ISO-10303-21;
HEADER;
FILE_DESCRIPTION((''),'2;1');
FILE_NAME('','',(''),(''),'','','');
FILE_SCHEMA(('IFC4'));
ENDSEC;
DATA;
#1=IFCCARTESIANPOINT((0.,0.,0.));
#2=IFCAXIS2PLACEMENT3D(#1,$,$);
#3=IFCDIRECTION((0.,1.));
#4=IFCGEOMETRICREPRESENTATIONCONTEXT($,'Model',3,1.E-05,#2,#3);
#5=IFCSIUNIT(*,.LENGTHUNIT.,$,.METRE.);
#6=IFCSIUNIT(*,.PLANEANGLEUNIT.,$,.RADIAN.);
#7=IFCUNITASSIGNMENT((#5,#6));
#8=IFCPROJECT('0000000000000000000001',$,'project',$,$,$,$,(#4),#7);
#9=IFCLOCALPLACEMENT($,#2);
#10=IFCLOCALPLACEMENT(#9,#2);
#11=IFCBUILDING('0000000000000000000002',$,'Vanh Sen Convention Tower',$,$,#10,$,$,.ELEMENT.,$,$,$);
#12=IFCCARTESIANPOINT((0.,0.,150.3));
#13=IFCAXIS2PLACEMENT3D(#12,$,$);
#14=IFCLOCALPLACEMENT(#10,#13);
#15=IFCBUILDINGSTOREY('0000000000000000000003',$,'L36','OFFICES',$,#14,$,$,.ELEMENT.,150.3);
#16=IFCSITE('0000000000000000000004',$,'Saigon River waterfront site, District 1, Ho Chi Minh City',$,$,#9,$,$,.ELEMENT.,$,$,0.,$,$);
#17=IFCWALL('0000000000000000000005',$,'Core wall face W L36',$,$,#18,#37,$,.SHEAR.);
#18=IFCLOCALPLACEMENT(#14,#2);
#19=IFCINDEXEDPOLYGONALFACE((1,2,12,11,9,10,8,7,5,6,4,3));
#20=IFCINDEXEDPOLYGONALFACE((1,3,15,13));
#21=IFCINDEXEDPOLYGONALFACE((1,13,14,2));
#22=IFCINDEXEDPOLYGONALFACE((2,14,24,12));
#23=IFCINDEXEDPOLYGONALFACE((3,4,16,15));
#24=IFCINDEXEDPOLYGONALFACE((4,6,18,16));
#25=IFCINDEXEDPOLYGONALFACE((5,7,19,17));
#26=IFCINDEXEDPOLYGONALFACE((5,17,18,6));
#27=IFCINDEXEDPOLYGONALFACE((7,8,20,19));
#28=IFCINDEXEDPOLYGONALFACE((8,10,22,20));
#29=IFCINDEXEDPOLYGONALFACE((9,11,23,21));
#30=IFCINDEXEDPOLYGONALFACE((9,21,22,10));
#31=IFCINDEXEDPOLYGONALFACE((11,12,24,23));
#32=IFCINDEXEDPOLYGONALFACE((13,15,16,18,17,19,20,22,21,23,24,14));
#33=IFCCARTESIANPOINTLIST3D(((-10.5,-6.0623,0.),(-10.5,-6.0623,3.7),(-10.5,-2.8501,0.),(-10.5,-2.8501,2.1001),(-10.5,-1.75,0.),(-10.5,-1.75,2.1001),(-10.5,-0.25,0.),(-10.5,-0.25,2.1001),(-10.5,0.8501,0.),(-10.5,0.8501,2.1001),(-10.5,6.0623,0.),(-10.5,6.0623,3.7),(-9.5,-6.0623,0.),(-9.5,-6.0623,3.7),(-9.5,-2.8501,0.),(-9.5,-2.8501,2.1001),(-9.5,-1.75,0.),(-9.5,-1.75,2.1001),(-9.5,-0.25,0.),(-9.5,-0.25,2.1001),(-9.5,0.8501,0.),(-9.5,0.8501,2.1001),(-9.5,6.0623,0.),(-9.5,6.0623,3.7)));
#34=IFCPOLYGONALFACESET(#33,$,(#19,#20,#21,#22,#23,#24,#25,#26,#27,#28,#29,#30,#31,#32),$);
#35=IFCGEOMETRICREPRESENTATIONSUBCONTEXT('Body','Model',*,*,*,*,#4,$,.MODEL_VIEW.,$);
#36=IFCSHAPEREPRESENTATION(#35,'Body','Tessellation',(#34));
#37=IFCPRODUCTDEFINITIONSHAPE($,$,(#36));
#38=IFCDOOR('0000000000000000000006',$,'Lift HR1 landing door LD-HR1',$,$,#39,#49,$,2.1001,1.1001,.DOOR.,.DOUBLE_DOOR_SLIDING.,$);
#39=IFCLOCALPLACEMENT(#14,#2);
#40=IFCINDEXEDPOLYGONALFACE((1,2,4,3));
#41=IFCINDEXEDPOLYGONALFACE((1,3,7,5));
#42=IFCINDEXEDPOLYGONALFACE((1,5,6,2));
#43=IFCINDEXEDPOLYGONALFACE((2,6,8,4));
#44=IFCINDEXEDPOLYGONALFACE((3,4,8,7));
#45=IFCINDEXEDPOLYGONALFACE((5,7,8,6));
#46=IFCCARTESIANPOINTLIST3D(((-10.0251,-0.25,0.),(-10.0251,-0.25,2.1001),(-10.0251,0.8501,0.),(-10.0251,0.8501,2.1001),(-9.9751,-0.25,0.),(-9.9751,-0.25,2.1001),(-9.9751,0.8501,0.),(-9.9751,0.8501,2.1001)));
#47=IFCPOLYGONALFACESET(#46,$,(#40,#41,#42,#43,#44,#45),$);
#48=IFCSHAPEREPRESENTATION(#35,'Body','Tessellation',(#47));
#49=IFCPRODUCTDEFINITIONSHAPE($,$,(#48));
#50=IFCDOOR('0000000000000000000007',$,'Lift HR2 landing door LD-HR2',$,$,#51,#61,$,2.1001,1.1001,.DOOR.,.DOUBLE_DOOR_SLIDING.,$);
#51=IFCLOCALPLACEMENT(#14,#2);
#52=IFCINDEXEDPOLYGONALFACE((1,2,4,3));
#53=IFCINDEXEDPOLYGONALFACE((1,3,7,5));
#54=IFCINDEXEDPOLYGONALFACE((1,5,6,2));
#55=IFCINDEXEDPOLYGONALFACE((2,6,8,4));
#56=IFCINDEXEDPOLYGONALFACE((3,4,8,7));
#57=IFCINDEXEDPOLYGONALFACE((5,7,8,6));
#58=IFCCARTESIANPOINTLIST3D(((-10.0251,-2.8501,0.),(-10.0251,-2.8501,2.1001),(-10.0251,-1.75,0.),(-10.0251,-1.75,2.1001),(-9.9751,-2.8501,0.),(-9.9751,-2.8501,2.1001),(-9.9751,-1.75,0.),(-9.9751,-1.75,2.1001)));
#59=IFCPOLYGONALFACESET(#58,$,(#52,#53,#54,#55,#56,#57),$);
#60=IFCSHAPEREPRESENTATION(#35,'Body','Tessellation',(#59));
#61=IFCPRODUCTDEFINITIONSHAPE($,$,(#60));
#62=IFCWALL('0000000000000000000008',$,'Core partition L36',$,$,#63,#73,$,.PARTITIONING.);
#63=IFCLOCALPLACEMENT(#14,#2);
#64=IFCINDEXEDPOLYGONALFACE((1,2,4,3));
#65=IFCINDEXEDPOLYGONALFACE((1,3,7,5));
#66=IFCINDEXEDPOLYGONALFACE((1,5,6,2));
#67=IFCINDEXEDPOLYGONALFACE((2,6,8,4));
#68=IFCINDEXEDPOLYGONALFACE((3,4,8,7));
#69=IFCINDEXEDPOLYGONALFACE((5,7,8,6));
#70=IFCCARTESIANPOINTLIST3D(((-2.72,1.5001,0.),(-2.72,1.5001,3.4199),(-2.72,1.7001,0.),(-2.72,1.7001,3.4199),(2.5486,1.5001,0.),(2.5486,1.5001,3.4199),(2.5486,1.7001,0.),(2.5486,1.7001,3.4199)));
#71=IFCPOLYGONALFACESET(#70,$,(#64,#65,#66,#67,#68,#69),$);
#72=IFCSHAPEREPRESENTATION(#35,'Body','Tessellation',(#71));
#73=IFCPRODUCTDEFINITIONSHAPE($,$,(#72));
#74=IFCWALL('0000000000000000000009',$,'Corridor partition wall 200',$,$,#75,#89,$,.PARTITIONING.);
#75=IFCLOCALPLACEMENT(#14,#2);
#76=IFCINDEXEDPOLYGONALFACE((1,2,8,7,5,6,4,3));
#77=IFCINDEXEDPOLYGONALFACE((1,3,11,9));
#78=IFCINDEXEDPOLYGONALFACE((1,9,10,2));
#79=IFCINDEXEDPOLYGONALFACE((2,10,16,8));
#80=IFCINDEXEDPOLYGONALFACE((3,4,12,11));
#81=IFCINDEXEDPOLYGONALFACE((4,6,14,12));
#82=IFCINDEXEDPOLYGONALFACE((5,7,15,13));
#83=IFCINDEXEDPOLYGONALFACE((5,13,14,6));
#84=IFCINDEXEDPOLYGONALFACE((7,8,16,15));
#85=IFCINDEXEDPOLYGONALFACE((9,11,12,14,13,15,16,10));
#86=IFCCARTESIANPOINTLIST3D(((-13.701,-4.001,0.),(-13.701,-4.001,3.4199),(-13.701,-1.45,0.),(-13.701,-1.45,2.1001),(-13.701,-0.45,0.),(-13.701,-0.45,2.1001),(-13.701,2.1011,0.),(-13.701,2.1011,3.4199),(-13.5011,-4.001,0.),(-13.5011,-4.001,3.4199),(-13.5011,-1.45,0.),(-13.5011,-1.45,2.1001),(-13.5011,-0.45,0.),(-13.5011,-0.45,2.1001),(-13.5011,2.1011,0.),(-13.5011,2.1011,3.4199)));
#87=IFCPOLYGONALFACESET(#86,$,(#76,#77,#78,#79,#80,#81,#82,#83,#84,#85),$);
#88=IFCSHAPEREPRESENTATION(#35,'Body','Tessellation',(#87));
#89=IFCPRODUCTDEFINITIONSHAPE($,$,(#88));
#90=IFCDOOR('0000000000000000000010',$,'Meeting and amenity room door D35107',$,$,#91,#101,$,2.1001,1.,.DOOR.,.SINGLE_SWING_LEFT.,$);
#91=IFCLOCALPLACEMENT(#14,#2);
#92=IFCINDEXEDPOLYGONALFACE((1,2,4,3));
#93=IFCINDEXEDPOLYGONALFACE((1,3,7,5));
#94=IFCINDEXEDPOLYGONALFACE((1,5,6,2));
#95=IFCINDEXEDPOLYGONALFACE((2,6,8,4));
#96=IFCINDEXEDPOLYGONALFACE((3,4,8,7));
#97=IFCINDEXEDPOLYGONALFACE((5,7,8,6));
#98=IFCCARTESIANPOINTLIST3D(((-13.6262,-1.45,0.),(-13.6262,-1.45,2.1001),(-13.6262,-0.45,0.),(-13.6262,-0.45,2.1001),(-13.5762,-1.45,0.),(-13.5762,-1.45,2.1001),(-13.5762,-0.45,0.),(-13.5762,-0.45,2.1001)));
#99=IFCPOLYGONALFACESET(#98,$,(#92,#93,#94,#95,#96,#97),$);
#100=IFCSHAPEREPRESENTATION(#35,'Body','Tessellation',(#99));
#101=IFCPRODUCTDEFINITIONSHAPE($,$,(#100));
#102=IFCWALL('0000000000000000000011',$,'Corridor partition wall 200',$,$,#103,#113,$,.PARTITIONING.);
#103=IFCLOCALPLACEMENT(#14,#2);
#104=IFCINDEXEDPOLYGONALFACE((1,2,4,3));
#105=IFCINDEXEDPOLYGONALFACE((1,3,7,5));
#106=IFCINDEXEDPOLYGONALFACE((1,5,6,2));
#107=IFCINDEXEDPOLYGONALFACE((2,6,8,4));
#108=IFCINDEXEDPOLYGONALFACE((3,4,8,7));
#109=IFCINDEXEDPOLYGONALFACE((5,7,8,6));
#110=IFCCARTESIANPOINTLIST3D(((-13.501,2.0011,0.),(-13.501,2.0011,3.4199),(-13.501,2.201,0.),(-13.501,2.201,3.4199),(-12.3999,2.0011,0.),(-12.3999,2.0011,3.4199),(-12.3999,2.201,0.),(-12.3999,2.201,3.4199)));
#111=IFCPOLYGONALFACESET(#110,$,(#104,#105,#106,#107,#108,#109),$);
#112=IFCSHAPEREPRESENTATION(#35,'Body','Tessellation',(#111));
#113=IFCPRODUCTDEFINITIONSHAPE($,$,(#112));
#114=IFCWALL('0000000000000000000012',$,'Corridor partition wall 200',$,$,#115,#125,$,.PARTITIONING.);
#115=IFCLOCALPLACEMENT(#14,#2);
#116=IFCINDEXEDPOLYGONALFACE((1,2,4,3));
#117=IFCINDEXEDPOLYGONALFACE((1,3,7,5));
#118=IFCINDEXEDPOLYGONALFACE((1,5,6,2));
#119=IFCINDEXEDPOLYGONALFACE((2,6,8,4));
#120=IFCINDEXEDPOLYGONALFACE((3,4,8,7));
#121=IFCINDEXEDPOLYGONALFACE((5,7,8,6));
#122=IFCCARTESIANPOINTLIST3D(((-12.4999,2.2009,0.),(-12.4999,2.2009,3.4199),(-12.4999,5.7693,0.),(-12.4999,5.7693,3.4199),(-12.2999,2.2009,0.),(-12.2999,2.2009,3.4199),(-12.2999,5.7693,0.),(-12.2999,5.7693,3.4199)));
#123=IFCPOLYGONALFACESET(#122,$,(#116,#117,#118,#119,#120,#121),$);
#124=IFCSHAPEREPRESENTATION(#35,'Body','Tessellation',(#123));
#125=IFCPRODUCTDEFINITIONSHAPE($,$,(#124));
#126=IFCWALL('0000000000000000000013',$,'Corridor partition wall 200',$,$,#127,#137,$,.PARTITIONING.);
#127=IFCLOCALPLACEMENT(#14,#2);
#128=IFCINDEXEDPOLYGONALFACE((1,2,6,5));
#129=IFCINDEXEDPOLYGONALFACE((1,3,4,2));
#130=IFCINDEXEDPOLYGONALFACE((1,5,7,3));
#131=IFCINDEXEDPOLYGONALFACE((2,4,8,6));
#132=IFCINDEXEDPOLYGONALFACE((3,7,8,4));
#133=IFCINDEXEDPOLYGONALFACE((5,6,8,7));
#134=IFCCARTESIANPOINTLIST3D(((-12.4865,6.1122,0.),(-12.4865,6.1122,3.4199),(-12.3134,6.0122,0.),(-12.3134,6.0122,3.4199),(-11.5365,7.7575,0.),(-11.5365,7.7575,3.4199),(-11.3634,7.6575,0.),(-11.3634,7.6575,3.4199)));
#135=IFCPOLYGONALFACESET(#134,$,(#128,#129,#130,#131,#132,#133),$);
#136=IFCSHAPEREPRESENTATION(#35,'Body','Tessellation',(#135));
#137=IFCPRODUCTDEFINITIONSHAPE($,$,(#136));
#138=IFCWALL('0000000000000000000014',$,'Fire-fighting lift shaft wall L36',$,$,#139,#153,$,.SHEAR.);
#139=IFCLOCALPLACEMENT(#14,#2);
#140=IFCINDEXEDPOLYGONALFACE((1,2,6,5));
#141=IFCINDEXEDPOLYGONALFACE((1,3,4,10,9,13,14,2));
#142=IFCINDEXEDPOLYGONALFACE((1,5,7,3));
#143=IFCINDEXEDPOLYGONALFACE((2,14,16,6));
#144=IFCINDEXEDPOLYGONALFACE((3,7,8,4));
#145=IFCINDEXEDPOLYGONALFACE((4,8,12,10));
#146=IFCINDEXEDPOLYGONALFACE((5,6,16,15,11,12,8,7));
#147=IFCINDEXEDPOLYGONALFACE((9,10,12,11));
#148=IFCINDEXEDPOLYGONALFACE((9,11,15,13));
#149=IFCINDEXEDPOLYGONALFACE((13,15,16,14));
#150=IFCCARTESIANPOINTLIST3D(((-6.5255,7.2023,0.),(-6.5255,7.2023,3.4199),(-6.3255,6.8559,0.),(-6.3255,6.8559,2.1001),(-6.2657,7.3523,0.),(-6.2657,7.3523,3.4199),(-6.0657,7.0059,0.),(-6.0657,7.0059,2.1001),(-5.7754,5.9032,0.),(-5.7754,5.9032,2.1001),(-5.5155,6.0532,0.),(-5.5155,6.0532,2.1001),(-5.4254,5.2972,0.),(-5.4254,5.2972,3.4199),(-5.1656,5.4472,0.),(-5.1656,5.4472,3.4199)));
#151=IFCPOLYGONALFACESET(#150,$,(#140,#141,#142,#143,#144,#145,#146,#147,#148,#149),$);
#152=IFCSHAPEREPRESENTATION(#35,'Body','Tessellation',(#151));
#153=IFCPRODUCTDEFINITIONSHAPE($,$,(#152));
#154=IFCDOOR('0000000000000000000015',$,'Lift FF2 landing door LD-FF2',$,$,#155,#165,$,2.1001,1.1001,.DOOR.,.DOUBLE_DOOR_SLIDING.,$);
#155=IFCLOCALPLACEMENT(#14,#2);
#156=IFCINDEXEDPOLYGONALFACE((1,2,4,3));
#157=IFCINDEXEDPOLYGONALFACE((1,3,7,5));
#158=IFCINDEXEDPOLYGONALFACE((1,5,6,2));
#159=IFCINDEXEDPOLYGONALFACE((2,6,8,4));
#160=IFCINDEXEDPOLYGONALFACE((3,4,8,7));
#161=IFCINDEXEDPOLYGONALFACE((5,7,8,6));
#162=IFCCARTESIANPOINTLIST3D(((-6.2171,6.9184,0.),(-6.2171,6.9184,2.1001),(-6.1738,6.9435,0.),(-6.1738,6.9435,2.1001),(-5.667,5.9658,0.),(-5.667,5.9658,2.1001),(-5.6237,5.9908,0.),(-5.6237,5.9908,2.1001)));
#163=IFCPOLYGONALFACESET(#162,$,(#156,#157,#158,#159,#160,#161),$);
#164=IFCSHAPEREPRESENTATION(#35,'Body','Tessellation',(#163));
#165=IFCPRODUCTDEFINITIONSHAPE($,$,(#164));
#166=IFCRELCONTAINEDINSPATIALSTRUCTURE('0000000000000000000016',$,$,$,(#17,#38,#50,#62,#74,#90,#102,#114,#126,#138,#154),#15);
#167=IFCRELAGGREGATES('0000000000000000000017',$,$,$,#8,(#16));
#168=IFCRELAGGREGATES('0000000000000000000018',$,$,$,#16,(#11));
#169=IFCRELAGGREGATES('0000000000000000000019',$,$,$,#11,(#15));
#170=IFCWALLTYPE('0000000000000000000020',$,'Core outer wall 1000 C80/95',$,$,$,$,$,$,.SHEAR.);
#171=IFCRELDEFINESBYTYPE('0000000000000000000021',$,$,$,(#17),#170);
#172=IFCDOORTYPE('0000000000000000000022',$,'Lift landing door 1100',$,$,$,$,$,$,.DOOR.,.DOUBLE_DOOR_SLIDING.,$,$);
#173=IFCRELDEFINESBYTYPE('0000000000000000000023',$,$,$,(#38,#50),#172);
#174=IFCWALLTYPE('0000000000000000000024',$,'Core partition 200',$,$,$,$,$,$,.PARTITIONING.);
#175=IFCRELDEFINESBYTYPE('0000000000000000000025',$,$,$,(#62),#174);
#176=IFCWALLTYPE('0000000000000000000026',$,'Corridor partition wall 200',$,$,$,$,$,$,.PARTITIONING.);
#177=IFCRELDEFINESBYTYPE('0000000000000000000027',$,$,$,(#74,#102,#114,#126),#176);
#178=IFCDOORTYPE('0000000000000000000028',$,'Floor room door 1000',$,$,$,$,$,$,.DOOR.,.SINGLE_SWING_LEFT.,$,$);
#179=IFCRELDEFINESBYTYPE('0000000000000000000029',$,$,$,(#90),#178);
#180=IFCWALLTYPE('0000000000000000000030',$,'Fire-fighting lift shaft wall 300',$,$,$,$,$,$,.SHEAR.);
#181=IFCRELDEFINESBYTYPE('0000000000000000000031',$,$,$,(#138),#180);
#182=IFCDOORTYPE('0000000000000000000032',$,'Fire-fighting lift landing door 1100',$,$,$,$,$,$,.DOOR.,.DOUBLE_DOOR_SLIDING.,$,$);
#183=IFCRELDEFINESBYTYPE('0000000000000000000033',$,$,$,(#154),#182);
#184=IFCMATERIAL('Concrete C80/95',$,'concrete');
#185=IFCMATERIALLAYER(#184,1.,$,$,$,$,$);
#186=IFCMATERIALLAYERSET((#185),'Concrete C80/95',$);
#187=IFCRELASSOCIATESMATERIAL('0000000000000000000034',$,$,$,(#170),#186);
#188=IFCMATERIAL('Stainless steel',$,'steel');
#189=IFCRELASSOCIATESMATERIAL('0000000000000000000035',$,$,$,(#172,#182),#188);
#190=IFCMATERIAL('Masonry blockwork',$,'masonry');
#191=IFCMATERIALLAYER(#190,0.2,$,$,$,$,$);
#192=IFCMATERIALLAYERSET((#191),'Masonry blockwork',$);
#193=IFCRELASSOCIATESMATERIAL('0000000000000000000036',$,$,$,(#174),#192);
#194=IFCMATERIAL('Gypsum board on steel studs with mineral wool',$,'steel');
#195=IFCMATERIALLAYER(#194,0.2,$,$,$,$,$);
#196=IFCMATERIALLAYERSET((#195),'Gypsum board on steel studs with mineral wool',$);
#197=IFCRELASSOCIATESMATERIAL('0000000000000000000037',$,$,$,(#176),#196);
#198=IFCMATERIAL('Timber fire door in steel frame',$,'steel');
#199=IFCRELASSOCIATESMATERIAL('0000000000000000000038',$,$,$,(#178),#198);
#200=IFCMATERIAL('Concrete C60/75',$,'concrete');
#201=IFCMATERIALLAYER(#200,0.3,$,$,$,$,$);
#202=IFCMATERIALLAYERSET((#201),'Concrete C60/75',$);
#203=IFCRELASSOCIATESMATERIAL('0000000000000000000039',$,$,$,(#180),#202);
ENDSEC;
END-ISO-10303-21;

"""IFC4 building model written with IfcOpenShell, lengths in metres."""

from ifc_helpers import new_model, si_unit, direction, frame, frame_2d, origin, place, context, subcontext, project, spatial, rectangle, extrude, material, layer, layer_set, type_object, element, fill, save


model = new_model("IFC4")

# Units and contexts
model_context = context("Model", 3, precision=1e-05, world=origin(), true_north=direction((0.0, 1.0)))
body_context = subcontext(model_context, "Body", "Model", "MODEL_VIEW")
ifc_project = project(units=[si_unit("LENGTHUNIT", "METRE"), si_unit("PLANEANGLEUNIT", "RADIAN")], contexts=[model_context])

# Site, building, storey
site_placement = place(None, origin())
site = spatial("IfcSite", under=ifc_project, at=site_placement, Name="Saigon River waterfront site, District 1, Ho Chi Minh City", CompositionType="ELEMENT", RefElevation=0.0)
building_placement = place(site_placement, origin())
building = spatial("IfcBuilding", under=site, at=building_placement, Name="Vanh Sen Convention Tower", CompositionType="ELEMENT")
storey_placement = place(building_placement, frame((0.0, 0.0, 150.3)))
storey = spatial("IfcBuildingStorey", under=building, at=storey_placement, Name="L36", Description="OFFICES", CompositionType="ELEMENT", Elevation=150.3)

# Wall, openings, doors
ifc_material_1 = material(Name="Concrete C80/95", Category="concrete")
ifc_layer_1 = layer(ifc_material_1, 1.0)
ifc_layer_set_1 = layer_set([ifc_layer_1], Name="Concrete C80/95")
wall_type_1 = type_object("IfcWallType", Name="Core outer wall 1000 C80/95", PredefinedType="SHEAR", material=ifc_layer_set_1)
wall_1_placement = place(storey_placement, frame((-10.0, 6.0623, 0.0), z_axis=(0.0, 0.0, 1.0), x_axis=(0.0, -1.0, 0.0)))
wall_1 = element("IfcWall", 1, at=wall_1_placement, inside=storey, type_object=wall_type_1, Name="Core wall face W L36", PredefinedType="SHEAR", context=body_context, shape_type="SweptSolid", body=[
    extrude(rectangle(XDim=12.1245, YDim=1.0, at=frame_2d((6.0623, 0.0))), origin(), (0.0, 0.0, 1.0), 3.7),
])
opening_1_placement = place(wall_1_placement, frame((5.2122, 0.0, 0.0)))
opening_1 = element("IfcOpeningElement", 2, at=opening_1_placement, cuts=wall_1, PredefinedType="OPENING", context=body_context, shape_type="SweptSolid", body=[
    extrude(rectangle(XDim=1.1001, YDim=2.1001, at=frame_2d((0.55, 1.05))), frame((0.0, 0.51, 0.0), z_axis=(0.0, -1.0, 0.0), x_axis=(1.0, 0.0, 0.0)), (0.0, 0.0, 1.0), 1.02),
])
opening_2_placement = place(wall_1_placement, frame((7.8123, 0.0, 0.0)))
opening_2 = element("IfcOpeningElement", 3, at=opening_2_placement, cuts=wall_1, PredefinedType="OPENING", context=body_context, shape_type="SweptSolid", body=[
    extrude(rectangle(XDim=1.1001, YDim=2.1001, at=frame_2d((0.55, 1.05))), frame((0.0, 0.51, 0.0), z_axis=(0.0, -1.0, 0.0), x_axis=(1.0, 0.0, 0.0)), (0.0, 0.0, 1.0), 1.02),
])
ifc_material_2 = material(Name="Stainless steel", Category="steel")
door_type_1 = type_object("IfcDoorType", Name="Lift landing door 1100", OperationType="DOUBLE_DOOR_SLIDING", PredefinedType="DOOR", material=ifc_material_2)
door_1_placement = place(opening_1_placement, origin())
door_1 = element("IfcDoor", 4, at=door_1_placement, inside=storey, type_object=door_type_1, Name="Lift HR1 landing door LD-HR1", OperationType="DOUBLE_DOOR_SLIDING", OverallHeight=2.1001, OverallWidth=1.1001, PredefinedType="DOOR", context=body_context, shape_type="SweptSolid", body=[
    extrude(rectangle(XDim=1.1001, YDim=2.1001, at=frame_2d((0.55, 1.05))), frame((0.0, 0.0249, 0.0), z_axis=(0.0, -1.0, 0.0), x_axis=(1.0, 0.0, 0.0)), (0.0, 0.0, 1.0), 0.05),
])
fill(opening_1, door_1)
door_2_placement = place(opening_2_placement, origin())
door_2 = element("IfcDoor", 5, at=door_2_placement, inside=storey, type_object=door_type_1, Name="Lift HR2 landing door LD-HR2", OperationType="DOUBLE_DOOR_SLIDING", OverallHeight=2.1001, OverallWidth=1.1001, PredefinedType="DOOR", context=body_context, shape_type="SweptSolid", body=[
    extrude(rectangle(XDim=1.1001, YDim=2.1001, at=frame_2d((0.55, 1.05))), frame((0.0, 0.0249, 0.0), z_axis=(0.0, -1.0, 0.0), x_axis=(1.0, 0.0, 0.0)), (0.0, 0.0, 1.0), 0.05),
])
fill(opening_2, door_2)

# Wall
ifc_material_3 = material(Name="Masonry blockwork", Category="masonry")
ifc_layer_2 = layer(ifc_material_3, 0.2)
ifc_layer_set_2 = layer_set([ifc_layer_2], Name="Masonry blockwork")
wall_type_2 = type_object("IfcWallType", Name="Core partition 200", PredefinedType="PARTITIONING", material=ifc_layer_set_2)
wall_2_placement = place(storey_placement, frame((-2.72, 1.6001, 0.0), z_axis=(0.0, 0.0, 1.0), x_axis=(1.0, 0.0, 0.0)))
element("IfcWall", 6, at=wall_2_placement, inside=storey, type_object=wall_type_2, Name="Core partition L36", PredefinedType="PARTITIONING", context=body_context, shape_type="SweptSolid", body=[
    extrude(rectangle(XDim=5.2686, YDim=0.2, at=frame_2d((2.6343, 0.0))), origin(), (0.0, 0.0, 1.0), 3.4199),
])

# Wall, opening, door
ifc_material_4 = material(Name="Gypsum board on steel studs with mineral wool", Category="steel")
ifc_layer_3 = layer(ifc_material_4, 0.2)
ifc_layer_set_3 = layer_set([ifc_layer_3], Name="Gypsum board on steel studs with mineral wool")
wall_type_3 = type_object("IfcWallType", Name="Corridor partition wall 200", PredefinedType="PARTITIONING", material=ifc_layer_set_3)
wall_3_placement = place(storey_placement, frame((-13.6011, 2.1011, 0.0), z_axis=(0.0, 0.0, 1.0), x_axis=(0.0, -1.0, 0.0)))
wall_3 = element("IfcWall", 7, at=wall_3_placement, inside=storey, type_object=wall_type_3, Name="Corridor partition wall 200", PredefinedType="PARTITIONING", context=body_context, shape_type="SweptSolid", body=[
    extrude(rectangle(XDim=6.1021, YDim=0.2, at=frame_2d((3.051, 0.0))), origin(), (0.0, 0.0, 1.0), 3.4199),
])
opening_3_placement = place(wall_3_placement, frame((2.551, 0.0, 0.0)))
opening_3 = element("IfcOpeningElement", 8, at=opening_3_placement, cuts=wall_3, PredefinedType="OPENING", context=body_context, shape_type="SweptSolid", body=[
    extrude(rectangle(XDim=1.0, YDim=2.1001, at=frame_2d((0.5, 1.05))), frame((0.0, 0.1099, 0.0), z_axis=(0.0, -1.0, 0.0), x_axis=(1.0, 0.0, 0.0)), (0.0, 0.0, 1.0), 0.22),
])
ifc_material_5 = material(Name="Timber fire door in steel frame", Category="steel")
door_type_2 = type_object("IfcDoorType", Name="Floor room door 1000", OperationType="SINGLE_SWING_LEFT", PredefinedType="DOOR", material=ifc_material_5)
door_3_placement = place(opening_3_placement, origin())
door_3 = element("IfcDoor", 9, at=door_3_placement, inside=storey, type_object=door_type_2, Name="Meeting and amenity room door D35107", OperationType="SINGLE_SWING_LEFT", OverallHeight=2.1001, OverallWidth=1.0, PredefinedType="DOOR", context=body_context, shape_type="SweptSolid", body=[
    extrude(rectangle(XDim=1.0, YDim=2.1001, at=frame_2d((0.5, 1.05))), frame((0.0, 0.0249, 0.0), z_axis=(0.0, -1.0, 0.0), x_axis=(1.0, 0.0, 0.0)), (0.0, 0.0, 1.0), 0.05),
])
fill(opening_3, door_3)

# Walls
wall_4_placement = place(storey_placement, frame((-12.3999, 2.1011, 0.0), z_axis=(0.0, 0.0, 1.0), x_axis=(-1.0, 0.0, 0.0)))
element("IfcWall", 10, at=wall_4_placement, inside=storey, type_object=wall_type_3, Name="Corridor partition wall 200", PredefinedType="PARTITIONING", context=body_context, shape_type="SweptSolid", body=[
    extrude(rectangle(XDim=1.1011, YDim=0.2, at=frame_2d((0.5505, 0.0))), origin(), (0.0, 0.0, 1.0), 3.4199),
])
wall_5_placement = place(storey_placement, frame((-12.3999, 5.7693, 0.0), z_axis=(0.0, 0.0, 1.0), x_axis=(0.0, -1.0, 0.0)))
element("IfcWall", 11, at=wall_5_placement, inside=storey, type_object=wall_type_3, Name="Corridor partition wall 200", PredefinedType="PARTITIONING", context=body_context, shape_type="SweptSolid", body=[
    extrude(rectangle(XDim=3.5684, YDim=0.2, at=frame_2d((1.7842, 0.0))), origin(), (0.0, 0.0, 1.0), 3.4199),
])
wall_6_placement = place(storey_placement, frame((-11.45, 7.7075, 0.0), z_axis=(0.0, 0.0, 1.0), x_axis=(-0.500023, -0.866012, 0.0)))
element("IfcWall", 12, at=wall_6_placement, inside=storey, type_object=wall_type_3, Name="Corridor partition wall 200", PredefinedType="PARTITIONING", context=body_context, shape_type="SweptSolid", body=[
    extrude(rectangle(XDim=1.8999, YDim=0.2, at=frame_2d((0.95, 0.0))), origin(), (0.0, 0.0, 1.0), 3.4199),
])

# Wall, opening, door
ifc_material_6 = material(Name="Concrete C60/75", Category="concrete")
ifc_layer_4 = layer(ifc_material_6, 0.3)
ifc_layer_set_4 = layer_set([ifc_layer_4], Name="Concrete C60/75")
wall_type_4 = type_object("IfcWallType", Name="Fire-fighting lift shaft wall 300", PredefinedType="SHEAR", material=ifc_layer_set_4)
wall_7_placement = place(storey_placement, frame((-5.2954, 5.3721, 0.0), z_axis=(0.0, 0.0, 1.0), x_axis=(-0.500078, 0.86598, 0.0)))
wall_7 = element("IfcWall", 13, at=wall_7_placement, inside=storey, type_object=wall_type_4, Name="Fire-fighting lift shaft wall L36", PredefinedType="SHEAR", context=body_context, shape_type="SweptSolid", body=[
    extrude(rectangle(XDim=2.2, YDim=0.3, at=frame_2d((1.1001, 0.0))), origin(), (0.0, 0.0, 1.0), 3.4199),
])
opening_4_placement = place(wall_7_placement, frame((0.7, 0.0, 0.0)))
opening_4 = element("IfcOpeningElement", 14, at=opening_4_placement, cuts=wall_7, PredefinedType="OPENING", context=body_context, shape_type="SweptSolid", body=[
    extrude(rectangle(XDim=1.1001, YDim=2.1001, at=frame_2d((0.55, 1.05))), frame((0.0, 0.1599, 0.0), z_axis=(0.0, -1.0, 0.0), x_axis=(1.0, 0.0, 0.0)), (0.0, 0.0, 1.0), 0.3201),
])
door_type_3 = type_object("IfcDoorType", Name="Fire-fighting lift landing door 1100", OperationType="DOUBLE_DOOR_SLIDING", PredefinedType="DOOR", material=ifc_material_2)
door_4_placement = place(opening_4_placement, origin())
door_4 = element("IfcDoor", 15, at=door_4_placement, inside=storey, type_object=door_type_3, Name="Lift FF2 landing door LD-FF2", OperationType="DOUBLE_DOOR_SLIDING", OverallHeight=2.1001, OverallWidth=1.1001, PredefinedType="DOOR", context=body_context, shape_type="SweptSolid", body=[
    extrude(rectangle(XDim=1.1001, YDim=2.1001, at=frame_2d((0.55, 1.05))), frame((0.0, 0.0249, 0.0), z_axis=(0.0, -1.0, 0.0), x_axis=(1.0, 0.0, 0.0)), (0.0, 0.0, 1.0), 0.05),
])
fill(opening_4, door_4)

save(model, "model.ifc")
